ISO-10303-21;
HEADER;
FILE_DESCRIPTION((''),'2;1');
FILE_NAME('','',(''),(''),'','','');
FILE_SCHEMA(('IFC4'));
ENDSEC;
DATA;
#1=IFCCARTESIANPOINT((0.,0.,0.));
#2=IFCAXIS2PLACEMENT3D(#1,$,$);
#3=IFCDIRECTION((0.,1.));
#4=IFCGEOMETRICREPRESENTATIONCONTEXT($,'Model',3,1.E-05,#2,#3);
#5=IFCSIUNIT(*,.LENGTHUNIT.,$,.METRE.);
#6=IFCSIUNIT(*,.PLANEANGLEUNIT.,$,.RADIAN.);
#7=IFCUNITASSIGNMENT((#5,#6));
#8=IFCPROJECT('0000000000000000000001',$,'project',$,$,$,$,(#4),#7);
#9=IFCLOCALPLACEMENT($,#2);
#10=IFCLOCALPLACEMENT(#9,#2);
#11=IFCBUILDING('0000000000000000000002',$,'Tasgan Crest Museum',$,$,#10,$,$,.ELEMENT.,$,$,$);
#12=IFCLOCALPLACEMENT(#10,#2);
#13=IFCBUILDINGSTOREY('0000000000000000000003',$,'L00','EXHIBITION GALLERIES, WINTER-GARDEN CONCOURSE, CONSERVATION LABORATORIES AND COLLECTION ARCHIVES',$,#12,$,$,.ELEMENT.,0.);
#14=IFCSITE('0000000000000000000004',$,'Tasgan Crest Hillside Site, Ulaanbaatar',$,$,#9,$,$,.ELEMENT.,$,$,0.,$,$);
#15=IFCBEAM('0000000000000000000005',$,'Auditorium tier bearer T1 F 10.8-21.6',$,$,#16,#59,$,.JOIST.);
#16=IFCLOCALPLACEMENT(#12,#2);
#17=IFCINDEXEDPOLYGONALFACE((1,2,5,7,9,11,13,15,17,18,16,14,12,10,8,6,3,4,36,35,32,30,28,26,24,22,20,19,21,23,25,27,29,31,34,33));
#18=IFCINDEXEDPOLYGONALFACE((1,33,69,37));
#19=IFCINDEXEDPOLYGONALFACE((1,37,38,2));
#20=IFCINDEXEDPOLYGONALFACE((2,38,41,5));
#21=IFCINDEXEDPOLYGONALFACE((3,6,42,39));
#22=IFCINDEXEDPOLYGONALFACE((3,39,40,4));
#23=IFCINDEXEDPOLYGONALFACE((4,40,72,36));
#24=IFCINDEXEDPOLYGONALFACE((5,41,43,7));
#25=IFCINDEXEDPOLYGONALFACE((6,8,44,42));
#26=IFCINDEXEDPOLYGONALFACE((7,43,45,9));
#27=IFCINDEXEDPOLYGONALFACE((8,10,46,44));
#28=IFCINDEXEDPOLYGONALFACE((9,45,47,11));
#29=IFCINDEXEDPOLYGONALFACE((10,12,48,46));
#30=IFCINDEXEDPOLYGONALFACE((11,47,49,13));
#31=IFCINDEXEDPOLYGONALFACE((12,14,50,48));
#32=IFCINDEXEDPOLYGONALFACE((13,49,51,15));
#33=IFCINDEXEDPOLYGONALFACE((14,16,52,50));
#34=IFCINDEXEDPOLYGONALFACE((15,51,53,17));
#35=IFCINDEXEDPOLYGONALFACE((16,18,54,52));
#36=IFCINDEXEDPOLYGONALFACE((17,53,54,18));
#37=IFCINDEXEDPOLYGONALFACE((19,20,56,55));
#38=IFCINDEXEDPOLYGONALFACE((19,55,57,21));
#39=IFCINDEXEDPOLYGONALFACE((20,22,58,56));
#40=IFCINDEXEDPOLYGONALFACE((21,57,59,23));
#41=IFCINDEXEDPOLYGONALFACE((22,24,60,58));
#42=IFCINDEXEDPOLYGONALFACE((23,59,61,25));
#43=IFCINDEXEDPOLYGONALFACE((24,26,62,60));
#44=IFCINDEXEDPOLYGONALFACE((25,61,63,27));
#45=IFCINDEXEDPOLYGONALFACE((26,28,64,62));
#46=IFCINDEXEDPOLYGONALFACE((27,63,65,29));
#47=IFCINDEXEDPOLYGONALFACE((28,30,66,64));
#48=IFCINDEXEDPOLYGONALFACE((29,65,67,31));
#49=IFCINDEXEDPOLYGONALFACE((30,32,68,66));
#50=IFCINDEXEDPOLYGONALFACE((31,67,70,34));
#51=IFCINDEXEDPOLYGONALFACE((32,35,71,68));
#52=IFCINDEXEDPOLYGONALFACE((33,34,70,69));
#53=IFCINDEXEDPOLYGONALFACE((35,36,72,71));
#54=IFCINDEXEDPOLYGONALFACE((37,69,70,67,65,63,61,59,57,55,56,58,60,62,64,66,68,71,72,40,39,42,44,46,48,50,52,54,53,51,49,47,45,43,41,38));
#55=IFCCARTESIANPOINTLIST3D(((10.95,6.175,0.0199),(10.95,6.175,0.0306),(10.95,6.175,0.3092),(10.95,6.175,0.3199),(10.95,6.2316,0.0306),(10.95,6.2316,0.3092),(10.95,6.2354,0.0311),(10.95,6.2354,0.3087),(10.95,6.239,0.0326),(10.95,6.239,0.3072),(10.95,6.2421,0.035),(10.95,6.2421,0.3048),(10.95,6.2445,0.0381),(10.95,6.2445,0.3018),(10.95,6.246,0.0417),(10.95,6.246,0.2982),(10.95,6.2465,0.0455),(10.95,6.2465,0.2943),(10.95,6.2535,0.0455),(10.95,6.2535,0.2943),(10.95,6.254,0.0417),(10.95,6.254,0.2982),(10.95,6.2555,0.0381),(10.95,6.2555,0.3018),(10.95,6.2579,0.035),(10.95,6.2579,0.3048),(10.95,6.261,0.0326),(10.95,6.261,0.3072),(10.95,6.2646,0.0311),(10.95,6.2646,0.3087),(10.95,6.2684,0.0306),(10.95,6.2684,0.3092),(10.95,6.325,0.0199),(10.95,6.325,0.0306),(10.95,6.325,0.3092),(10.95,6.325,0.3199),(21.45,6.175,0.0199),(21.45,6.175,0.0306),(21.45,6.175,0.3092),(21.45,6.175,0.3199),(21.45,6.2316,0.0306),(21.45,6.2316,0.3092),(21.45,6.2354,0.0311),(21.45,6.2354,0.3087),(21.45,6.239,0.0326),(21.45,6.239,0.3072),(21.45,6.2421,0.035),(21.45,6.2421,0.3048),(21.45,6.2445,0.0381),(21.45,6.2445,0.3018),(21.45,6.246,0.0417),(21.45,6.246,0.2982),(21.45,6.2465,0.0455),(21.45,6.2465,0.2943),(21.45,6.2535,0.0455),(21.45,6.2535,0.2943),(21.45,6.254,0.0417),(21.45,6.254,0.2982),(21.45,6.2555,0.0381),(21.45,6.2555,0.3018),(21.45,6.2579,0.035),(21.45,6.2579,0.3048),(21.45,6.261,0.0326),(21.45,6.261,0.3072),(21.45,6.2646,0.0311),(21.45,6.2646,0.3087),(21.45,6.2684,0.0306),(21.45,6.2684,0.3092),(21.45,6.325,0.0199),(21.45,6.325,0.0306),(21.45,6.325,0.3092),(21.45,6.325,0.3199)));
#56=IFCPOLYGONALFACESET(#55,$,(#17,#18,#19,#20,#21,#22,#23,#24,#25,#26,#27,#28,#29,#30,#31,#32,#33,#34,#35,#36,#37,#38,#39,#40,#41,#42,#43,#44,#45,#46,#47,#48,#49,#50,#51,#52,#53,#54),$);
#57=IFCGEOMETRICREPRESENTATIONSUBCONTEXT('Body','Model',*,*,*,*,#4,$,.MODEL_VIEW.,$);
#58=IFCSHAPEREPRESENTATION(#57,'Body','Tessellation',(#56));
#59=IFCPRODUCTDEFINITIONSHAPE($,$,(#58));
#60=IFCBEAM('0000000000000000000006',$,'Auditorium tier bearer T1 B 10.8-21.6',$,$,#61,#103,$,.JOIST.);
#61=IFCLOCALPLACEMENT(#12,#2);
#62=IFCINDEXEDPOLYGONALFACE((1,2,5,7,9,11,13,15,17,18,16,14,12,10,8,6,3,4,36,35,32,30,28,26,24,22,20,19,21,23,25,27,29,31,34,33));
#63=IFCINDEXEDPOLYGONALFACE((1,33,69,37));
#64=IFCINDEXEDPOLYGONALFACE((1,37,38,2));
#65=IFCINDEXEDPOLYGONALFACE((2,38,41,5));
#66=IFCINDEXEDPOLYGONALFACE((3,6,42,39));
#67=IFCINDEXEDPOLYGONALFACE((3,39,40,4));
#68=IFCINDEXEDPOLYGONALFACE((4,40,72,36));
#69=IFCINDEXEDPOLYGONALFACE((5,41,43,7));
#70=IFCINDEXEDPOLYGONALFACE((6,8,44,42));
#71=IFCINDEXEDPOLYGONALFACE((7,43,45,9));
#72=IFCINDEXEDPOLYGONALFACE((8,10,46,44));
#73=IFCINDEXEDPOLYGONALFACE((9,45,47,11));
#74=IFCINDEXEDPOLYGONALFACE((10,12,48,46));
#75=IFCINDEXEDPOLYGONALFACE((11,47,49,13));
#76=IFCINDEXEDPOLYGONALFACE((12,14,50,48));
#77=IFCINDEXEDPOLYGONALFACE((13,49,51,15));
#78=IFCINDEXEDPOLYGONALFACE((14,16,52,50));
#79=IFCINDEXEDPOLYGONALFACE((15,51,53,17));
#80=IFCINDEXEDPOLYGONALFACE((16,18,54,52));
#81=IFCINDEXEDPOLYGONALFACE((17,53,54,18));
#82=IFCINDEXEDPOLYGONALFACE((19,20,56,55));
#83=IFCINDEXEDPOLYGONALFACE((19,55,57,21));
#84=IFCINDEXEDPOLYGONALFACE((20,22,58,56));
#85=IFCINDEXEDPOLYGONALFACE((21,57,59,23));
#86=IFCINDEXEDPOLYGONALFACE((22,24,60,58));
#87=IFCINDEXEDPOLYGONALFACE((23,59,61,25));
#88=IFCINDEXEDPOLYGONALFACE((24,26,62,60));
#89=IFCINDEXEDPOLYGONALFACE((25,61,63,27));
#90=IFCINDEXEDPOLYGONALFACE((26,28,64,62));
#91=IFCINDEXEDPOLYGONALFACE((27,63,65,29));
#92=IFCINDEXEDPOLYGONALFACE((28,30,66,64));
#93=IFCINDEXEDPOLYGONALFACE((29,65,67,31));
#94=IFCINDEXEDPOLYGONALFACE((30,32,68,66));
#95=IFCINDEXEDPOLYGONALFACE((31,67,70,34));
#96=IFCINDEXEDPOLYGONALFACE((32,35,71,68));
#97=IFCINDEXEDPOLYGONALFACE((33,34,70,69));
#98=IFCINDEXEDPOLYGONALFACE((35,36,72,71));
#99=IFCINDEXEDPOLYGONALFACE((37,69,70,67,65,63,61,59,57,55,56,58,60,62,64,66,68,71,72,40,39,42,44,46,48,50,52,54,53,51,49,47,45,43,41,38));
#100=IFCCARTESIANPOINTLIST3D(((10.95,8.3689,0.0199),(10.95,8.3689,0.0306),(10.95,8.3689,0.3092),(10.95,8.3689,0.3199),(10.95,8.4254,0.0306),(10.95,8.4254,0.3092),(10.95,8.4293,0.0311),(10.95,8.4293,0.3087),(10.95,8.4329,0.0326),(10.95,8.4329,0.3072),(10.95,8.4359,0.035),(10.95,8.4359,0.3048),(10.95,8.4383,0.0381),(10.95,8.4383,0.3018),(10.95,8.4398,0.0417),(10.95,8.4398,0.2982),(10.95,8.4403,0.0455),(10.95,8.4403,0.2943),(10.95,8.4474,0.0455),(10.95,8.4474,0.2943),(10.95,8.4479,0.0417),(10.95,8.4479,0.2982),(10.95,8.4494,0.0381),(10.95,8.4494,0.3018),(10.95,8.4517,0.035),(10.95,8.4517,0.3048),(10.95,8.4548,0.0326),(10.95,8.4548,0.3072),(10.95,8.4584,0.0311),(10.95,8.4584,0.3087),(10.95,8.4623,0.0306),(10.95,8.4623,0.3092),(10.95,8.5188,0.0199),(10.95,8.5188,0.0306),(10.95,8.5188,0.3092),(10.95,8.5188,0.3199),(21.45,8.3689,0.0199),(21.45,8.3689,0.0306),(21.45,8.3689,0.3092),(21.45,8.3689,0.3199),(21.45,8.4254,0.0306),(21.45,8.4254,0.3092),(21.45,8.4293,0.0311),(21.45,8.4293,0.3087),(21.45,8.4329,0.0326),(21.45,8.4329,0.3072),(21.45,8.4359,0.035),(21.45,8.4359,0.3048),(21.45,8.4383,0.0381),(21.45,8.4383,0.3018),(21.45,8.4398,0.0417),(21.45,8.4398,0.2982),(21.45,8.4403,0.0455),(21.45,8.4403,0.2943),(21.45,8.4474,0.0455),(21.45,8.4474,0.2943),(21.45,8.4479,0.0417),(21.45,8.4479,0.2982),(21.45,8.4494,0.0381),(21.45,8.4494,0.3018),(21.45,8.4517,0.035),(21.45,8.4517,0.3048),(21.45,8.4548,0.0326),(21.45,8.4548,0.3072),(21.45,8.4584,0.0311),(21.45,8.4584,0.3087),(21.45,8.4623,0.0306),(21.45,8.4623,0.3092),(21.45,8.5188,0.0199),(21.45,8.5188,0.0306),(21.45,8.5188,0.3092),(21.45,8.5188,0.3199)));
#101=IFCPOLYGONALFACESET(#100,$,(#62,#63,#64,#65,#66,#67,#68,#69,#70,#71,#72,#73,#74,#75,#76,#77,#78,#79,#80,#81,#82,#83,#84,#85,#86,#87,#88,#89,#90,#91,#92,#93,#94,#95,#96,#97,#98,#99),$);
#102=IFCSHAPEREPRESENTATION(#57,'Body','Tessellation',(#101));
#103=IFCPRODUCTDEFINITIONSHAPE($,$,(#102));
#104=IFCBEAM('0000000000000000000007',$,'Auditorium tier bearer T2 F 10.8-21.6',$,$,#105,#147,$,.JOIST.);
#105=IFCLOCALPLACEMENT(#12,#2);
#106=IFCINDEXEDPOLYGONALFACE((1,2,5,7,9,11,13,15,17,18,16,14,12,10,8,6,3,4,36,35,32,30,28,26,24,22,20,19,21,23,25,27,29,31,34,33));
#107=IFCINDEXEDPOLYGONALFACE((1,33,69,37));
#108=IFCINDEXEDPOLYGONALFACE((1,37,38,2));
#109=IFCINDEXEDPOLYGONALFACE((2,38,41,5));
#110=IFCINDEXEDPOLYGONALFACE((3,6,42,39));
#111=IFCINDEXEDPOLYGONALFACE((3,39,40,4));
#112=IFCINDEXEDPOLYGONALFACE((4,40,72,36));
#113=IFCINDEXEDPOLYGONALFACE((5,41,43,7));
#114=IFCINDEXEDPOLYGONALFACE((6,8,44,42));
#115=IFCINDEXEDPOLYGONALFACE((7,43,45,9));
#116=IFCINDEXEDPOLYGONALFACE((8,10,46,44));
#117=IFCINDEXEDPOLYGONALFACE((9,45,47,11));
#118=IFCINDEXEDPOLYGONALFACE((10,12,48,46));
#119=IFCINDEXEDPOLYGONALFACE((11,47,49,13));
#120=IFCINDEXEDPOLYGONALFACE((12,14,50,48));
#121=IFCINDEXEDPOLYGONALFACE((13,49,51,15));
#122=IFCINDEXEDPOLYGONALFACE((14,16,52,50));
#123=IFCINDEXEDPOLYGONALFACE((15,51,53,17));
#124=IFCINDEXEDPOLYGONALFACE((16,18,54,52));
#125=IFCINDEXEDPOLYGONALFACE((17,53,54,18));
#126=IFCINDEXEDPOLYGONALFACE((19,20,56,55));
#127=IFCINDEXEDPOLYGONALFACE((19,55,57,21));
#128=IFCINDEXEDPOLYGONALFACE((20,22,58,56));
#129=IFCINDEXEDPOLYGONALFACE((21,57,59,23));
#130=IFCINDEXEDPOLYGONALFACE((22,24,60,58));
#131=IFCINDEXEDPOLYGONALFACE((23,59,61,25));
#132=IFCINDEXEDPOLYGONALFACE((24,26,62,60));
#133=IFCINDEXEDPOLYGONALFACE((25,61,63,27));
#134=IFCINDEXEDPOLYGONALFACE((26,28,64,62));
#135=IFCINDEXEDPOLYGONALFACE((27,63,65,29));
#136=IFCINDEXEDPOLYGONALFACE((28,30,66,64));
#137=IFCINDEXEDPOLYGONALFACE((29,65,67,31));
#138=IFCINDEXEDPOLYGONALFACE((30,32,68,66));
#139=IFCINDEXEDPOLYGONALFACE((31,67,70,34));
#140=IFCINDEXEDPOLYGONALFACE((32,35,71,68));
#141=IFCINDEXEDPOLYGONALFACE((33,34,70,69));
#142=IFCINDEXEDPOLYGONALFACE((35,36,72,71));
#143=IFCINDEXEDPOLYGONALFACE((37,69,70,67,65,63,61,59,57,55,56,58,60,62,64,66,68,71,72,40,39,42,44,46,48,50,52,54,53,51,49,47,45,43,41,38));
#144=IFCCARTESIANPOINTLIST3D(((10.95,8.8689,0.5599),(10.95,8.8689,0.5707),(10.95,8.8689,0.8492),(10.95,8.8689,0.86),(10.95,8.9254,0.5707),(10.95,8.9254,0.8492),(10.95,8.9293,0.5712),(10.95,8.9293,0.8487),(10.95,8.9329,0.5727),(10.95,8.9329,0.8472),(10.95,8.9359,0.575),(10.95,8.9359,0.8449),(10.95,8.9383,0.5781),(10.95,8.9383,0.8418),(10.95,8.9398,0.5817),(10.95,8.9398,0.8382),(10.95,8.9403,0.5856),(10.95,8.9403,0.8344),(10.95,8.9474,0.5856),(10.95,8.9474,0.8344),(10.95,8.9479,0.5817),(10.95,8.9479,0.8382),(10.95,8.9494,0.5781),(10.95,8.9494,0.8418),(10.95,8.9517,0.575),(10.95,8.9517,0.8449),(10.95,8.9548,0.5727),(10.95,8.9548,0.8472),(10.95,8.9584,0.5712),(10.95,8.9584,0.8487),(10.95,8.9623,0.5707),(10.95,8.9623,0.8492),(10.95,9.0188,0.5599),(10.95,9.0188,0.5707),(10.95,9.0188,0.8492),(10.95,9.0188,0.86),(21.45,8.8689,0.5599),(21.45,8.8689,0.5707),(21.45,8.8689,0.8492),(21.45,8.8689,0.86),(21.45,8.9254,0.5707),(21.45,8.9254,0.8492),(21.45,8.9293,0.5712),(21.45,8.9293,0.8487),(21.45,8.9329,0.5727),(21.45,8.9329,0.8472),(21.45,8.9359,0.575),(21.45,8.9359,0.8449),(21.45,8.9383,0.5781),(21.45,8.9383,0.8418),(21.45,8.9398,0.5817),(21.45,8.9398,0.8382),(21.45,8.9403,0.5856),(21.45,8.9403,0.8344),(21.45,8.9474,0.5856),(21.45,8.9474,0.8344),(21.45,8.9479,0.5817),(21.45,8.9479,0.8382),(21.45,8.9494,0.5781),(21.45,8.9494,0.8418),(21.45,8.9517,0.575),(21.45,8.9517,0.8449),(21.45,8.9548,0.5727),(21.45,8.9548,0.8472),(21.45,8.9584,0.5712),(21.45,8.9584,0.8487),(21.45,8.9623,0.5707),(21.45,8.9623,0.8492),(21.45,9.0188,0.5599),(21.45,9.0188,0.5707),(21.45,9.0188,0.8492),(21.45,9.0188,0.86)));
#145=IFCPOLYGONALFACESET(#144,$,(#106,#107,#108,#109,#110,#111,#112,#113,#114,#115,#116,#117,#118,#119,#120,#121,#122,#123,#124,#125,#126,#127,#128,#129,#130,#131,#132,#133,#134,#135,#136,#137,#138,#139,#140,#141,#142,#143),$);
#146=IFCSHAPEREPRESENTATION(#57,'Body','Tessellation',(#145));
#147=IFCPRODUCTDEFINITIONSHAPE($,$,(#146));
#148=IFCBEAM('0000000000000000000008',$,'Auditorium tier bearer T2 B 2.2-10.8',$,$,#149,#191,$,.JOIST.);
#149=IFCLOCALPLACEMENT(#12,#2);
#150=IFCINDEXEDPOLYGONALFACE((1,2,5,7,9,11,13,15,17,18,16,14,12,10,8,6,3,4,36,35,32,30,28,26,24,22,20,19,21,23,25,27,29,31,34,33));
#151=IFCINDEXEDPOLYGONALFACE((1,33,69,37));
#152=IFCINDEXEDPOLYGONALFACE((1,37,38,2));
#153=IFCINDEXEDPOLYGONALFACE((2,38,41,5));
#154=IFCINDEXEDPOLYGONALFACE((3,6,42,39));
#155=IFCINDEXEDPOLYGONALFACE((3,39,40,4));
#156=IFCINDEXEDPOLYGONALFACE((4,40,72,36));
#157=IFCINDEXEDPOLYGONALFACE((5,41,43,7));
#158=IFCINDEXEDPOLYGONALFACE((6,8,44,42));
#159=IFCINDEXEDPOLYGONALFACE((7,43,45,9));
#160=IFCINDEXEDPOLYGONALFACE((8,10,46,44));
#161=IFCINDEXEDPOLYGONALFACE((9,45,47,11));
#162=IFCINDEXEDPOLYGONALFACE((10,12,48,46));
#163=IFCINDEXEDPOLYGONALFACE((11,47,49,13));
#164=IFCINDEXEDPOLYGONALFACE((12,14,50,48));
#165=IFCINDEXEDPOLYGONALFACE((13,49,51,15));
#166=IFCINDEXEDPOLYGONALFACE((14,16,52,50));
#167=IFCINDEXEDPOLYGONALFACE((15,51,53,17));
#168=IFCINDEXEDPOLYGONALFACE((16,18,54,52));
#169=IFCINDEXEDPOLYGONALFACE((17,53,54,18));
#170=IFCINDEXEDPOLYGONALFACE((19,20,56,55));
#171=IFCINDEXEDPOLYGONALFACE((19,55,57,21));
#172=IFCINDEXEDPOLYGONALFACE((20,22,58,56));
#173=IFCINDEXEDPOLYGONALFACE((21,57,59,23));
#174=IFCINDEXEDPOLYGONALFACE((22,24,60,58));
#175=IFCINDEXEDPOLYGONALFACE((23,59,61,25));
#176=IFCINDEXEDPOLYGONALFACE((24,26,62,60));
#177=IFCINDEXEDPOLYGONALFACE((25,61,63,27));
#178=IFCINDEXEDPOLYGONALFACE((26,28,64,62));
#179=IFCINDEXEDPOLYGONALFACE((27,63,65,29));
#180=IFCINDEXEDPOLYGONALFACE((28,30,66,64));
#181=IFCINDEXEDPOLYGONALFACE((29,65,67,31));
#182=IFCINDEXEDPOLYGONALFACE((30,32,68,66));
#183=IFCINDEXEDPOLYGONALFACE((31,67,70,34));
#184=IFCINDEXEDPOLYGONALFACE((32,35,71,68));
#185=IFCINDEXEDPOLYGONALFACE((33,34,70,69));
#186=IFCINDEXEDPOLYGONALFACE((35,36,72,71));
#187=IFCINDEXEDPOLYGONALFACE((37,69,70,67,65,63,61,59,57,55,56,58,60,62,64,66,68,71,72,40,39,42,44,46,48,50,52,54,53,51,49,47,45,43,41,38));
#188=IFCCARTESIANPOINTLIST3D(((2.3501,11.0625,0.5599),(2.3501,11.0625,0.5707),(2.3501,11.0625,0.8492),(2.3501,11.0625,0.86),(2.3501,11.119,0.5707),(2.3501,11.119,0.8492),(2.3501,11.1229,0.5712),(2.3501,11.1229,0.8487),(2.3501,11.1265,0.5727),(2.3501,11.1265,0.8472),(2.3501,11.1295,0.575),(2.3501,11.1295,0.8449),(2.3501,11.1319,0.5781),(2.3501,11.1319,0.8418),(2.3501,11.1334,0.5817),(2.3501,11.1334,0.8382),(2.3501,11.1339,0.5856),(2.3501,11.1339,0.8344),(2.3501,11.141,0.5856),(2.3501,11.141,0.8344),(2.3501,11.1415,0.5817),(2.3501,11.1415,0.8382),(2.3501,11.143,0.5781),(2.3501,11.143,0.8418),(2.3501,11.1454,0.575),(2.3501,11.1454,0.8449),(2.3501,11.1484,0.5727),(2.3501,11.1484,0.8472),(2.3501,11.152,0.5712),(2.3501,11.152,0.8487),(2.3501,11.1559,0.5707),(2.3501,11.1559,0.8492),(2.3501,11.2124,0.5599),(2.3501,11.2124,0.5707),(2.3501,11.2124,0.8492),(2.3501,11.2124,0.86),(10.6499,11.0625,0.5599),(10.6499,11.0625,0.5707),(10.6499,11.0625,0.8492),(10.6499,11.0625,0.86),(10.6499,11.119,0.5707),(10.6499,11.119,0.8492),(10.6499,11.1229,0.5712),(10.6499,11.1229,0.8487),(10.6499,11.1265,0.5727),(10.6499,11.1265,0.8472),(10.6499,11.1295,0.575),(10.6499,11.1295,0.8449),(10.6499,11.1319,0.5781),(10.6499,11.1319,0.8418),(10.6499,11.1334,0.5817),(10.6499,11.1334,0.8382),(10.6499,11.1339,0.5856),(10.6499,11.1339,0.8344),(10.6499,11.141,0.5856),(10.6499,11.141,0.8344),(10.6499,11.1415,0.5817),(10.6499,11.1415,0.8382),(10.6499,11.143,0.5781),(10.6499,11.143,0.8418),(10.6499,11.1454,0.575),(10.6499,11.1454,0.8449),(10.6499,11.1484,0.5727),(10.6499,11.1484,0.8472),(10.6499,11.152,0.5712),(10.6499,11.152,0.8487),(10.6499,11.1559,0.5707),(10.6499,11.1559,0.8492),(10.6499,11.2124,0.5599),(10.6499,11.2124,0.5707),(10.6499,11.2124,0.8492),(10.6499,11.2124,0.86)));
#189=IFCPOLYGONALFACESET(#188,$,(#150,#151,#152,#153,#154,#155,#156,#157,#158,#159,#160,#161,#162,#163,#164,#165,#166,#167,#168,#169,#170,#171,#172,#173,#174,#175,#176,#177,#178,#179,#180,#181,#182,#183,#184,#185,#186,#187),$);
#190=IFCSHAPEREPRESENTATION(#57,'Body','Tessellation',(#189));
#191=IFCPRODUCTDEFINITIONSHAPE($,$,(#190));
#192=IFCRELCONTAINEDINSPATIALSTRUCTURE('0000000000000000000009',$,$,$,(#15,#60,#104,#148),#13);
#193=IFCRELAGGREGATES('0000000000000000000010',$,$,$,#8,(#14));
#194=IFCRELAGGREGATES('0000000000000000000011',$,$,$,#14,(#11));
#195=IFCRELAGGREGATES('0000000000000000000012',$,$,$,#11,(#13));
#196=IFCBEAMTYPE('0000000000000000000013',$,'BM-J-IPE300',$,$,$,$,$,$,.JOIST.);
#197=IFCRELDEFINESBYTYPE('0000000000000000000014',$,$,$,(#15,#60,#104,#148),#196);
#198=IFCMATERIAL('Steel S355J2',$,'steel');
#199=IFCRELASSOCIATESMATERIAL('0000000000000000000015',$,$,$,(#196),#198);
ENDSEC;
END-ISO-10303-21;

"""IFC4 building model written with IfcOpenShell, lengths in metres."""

from ifc_helpers import new_model, si_unit, direction, frame, origin, origin_2d, place, context, subcontext, project, spatial, i_section, extrude, material, material_profile, profile_set, type_object, element, save


model = new_model("IFC4")

# Units and contexts
model_context = context("Model", 3, precision=1e-05, world=origin(), true_north=direction((0.0, 1.0)))
body_context = subcontext(model_context, "Body", "Model", "MODEL_VIEW")
ifc_project = project(units=[si_unit("LENGTHUNIT", "METRE"), si_unit("PLANEANGLEUNIT", "RADIAN")], contexts=[model_context])

# Site, building, storey
site_placement = place(None, origin())
site = spatial("IfcSite", under=ifc_project, at=site_placement, Name="Tasgan Crest Hillside Site, Ulaanbaatar", CompositionType="ELEMENT", RefElevation=0.0)
building_placement = place(site_placement, origin())
building = spatial("IfcBuilding", under=site, at=building_placement, Name="Tasgan Crest Museum", CompositionType="ELEMENT")
storey_placement = place(building_placement, origin())
storey = spatial("IfcBuildingStorey", under=building, at=storey_placement, Name="L00", Description="EXHIBITION GALLERIES, WINTER-GARDEN CONCOURSE, CONSERVATION LABORATORIES AND COLLECTION ARCHIVES", CompositionType="ELEMENT", Elevation=0.0)

# Beams
ifc_material_1 = material(Name="Steel S355J2", Category="steel")
ifc_material_profile_1 = material_profile(ifc_material_1, i_section(OverallWidth=0.1499, OverallDepth=0.3, WebThickness=0.0071, FlangeThickness=0.0107, FilletRadius=0.0149, at=origin_2d()), Name="IPE 300")
ifc_profile_set_1 = profile_set([ifc_material_profile_1], Name="Steel S355J2")
beam_type_1 = type_object("IfcBeamType", Name="BM-J-IPE300", PredefinedType="JOIST", material=ifc_profile_set_1)
for number, where, z_axis, x_axis, name in (
    (1, (10.95, 6.25, 0.1699), (1.0, 0.0, 0.0), (0.0, 1.0, 0.0), "Auditorium tier bearer T1 F 10.8-21.6"),
    (2, (10.95, 8.4438, 0.1699), (1.0, 0.0, 0.0), (0.0, 1.0, 0.0), "Auditorium tier bearer T1 B 10.8-21.6"),
    (3, (10.95, 8.9438, 0.71), (1.0, 0.0, 0.0), (0.0, 1.0, 0.0), "Auditorium tier bearer T2 F 10.8-21.6"),
):
    element("IfcBeam", number, at=place(storey_placement, frame(where, z_axis=z_axis, x_axis=x_axis)), inside=storey, type_object=beam_type_1, Name=name, PredefinedType="JOIST", context=body_context, shape_type="SweptSolid", body=[
        extrude(i_section(OverallWidth=0.1499, OverallDepth=0.3, WebThickness=0.0071, FlangeThickness=0.0107, FilletRadius=0.0149, at=origin_2d()), origin(), (0.0, 0.0, 1.0), 10.5),
    ])
beam_1_placement = place(storey_placement, frame((2.3501, 11.1375, 0.71), z_axis=(1.0, 0.0, 0.0), x_axis=(0.0, 1.0, 0.0)))
element("IfcBeam", 4, at=beam_1_placement, inside=storey, type_object=beam_type_1, Name="Auditorium tier bearer T2 B 2.2-10.8", PredefinedType="JOIST", context=body_context, shape_type="SweptSolid", body=[
    extrude(i_section(OverallWidth=0.1499, OverallDepth=0.3, WebThickness=0.0071, FlangeThickness=0.0107, FilletRadius=0.0149, at=origin_2d()), origin(), (0.0, 0.0, 1.0), 8.2998),
])

save(model, "model.ifc")
